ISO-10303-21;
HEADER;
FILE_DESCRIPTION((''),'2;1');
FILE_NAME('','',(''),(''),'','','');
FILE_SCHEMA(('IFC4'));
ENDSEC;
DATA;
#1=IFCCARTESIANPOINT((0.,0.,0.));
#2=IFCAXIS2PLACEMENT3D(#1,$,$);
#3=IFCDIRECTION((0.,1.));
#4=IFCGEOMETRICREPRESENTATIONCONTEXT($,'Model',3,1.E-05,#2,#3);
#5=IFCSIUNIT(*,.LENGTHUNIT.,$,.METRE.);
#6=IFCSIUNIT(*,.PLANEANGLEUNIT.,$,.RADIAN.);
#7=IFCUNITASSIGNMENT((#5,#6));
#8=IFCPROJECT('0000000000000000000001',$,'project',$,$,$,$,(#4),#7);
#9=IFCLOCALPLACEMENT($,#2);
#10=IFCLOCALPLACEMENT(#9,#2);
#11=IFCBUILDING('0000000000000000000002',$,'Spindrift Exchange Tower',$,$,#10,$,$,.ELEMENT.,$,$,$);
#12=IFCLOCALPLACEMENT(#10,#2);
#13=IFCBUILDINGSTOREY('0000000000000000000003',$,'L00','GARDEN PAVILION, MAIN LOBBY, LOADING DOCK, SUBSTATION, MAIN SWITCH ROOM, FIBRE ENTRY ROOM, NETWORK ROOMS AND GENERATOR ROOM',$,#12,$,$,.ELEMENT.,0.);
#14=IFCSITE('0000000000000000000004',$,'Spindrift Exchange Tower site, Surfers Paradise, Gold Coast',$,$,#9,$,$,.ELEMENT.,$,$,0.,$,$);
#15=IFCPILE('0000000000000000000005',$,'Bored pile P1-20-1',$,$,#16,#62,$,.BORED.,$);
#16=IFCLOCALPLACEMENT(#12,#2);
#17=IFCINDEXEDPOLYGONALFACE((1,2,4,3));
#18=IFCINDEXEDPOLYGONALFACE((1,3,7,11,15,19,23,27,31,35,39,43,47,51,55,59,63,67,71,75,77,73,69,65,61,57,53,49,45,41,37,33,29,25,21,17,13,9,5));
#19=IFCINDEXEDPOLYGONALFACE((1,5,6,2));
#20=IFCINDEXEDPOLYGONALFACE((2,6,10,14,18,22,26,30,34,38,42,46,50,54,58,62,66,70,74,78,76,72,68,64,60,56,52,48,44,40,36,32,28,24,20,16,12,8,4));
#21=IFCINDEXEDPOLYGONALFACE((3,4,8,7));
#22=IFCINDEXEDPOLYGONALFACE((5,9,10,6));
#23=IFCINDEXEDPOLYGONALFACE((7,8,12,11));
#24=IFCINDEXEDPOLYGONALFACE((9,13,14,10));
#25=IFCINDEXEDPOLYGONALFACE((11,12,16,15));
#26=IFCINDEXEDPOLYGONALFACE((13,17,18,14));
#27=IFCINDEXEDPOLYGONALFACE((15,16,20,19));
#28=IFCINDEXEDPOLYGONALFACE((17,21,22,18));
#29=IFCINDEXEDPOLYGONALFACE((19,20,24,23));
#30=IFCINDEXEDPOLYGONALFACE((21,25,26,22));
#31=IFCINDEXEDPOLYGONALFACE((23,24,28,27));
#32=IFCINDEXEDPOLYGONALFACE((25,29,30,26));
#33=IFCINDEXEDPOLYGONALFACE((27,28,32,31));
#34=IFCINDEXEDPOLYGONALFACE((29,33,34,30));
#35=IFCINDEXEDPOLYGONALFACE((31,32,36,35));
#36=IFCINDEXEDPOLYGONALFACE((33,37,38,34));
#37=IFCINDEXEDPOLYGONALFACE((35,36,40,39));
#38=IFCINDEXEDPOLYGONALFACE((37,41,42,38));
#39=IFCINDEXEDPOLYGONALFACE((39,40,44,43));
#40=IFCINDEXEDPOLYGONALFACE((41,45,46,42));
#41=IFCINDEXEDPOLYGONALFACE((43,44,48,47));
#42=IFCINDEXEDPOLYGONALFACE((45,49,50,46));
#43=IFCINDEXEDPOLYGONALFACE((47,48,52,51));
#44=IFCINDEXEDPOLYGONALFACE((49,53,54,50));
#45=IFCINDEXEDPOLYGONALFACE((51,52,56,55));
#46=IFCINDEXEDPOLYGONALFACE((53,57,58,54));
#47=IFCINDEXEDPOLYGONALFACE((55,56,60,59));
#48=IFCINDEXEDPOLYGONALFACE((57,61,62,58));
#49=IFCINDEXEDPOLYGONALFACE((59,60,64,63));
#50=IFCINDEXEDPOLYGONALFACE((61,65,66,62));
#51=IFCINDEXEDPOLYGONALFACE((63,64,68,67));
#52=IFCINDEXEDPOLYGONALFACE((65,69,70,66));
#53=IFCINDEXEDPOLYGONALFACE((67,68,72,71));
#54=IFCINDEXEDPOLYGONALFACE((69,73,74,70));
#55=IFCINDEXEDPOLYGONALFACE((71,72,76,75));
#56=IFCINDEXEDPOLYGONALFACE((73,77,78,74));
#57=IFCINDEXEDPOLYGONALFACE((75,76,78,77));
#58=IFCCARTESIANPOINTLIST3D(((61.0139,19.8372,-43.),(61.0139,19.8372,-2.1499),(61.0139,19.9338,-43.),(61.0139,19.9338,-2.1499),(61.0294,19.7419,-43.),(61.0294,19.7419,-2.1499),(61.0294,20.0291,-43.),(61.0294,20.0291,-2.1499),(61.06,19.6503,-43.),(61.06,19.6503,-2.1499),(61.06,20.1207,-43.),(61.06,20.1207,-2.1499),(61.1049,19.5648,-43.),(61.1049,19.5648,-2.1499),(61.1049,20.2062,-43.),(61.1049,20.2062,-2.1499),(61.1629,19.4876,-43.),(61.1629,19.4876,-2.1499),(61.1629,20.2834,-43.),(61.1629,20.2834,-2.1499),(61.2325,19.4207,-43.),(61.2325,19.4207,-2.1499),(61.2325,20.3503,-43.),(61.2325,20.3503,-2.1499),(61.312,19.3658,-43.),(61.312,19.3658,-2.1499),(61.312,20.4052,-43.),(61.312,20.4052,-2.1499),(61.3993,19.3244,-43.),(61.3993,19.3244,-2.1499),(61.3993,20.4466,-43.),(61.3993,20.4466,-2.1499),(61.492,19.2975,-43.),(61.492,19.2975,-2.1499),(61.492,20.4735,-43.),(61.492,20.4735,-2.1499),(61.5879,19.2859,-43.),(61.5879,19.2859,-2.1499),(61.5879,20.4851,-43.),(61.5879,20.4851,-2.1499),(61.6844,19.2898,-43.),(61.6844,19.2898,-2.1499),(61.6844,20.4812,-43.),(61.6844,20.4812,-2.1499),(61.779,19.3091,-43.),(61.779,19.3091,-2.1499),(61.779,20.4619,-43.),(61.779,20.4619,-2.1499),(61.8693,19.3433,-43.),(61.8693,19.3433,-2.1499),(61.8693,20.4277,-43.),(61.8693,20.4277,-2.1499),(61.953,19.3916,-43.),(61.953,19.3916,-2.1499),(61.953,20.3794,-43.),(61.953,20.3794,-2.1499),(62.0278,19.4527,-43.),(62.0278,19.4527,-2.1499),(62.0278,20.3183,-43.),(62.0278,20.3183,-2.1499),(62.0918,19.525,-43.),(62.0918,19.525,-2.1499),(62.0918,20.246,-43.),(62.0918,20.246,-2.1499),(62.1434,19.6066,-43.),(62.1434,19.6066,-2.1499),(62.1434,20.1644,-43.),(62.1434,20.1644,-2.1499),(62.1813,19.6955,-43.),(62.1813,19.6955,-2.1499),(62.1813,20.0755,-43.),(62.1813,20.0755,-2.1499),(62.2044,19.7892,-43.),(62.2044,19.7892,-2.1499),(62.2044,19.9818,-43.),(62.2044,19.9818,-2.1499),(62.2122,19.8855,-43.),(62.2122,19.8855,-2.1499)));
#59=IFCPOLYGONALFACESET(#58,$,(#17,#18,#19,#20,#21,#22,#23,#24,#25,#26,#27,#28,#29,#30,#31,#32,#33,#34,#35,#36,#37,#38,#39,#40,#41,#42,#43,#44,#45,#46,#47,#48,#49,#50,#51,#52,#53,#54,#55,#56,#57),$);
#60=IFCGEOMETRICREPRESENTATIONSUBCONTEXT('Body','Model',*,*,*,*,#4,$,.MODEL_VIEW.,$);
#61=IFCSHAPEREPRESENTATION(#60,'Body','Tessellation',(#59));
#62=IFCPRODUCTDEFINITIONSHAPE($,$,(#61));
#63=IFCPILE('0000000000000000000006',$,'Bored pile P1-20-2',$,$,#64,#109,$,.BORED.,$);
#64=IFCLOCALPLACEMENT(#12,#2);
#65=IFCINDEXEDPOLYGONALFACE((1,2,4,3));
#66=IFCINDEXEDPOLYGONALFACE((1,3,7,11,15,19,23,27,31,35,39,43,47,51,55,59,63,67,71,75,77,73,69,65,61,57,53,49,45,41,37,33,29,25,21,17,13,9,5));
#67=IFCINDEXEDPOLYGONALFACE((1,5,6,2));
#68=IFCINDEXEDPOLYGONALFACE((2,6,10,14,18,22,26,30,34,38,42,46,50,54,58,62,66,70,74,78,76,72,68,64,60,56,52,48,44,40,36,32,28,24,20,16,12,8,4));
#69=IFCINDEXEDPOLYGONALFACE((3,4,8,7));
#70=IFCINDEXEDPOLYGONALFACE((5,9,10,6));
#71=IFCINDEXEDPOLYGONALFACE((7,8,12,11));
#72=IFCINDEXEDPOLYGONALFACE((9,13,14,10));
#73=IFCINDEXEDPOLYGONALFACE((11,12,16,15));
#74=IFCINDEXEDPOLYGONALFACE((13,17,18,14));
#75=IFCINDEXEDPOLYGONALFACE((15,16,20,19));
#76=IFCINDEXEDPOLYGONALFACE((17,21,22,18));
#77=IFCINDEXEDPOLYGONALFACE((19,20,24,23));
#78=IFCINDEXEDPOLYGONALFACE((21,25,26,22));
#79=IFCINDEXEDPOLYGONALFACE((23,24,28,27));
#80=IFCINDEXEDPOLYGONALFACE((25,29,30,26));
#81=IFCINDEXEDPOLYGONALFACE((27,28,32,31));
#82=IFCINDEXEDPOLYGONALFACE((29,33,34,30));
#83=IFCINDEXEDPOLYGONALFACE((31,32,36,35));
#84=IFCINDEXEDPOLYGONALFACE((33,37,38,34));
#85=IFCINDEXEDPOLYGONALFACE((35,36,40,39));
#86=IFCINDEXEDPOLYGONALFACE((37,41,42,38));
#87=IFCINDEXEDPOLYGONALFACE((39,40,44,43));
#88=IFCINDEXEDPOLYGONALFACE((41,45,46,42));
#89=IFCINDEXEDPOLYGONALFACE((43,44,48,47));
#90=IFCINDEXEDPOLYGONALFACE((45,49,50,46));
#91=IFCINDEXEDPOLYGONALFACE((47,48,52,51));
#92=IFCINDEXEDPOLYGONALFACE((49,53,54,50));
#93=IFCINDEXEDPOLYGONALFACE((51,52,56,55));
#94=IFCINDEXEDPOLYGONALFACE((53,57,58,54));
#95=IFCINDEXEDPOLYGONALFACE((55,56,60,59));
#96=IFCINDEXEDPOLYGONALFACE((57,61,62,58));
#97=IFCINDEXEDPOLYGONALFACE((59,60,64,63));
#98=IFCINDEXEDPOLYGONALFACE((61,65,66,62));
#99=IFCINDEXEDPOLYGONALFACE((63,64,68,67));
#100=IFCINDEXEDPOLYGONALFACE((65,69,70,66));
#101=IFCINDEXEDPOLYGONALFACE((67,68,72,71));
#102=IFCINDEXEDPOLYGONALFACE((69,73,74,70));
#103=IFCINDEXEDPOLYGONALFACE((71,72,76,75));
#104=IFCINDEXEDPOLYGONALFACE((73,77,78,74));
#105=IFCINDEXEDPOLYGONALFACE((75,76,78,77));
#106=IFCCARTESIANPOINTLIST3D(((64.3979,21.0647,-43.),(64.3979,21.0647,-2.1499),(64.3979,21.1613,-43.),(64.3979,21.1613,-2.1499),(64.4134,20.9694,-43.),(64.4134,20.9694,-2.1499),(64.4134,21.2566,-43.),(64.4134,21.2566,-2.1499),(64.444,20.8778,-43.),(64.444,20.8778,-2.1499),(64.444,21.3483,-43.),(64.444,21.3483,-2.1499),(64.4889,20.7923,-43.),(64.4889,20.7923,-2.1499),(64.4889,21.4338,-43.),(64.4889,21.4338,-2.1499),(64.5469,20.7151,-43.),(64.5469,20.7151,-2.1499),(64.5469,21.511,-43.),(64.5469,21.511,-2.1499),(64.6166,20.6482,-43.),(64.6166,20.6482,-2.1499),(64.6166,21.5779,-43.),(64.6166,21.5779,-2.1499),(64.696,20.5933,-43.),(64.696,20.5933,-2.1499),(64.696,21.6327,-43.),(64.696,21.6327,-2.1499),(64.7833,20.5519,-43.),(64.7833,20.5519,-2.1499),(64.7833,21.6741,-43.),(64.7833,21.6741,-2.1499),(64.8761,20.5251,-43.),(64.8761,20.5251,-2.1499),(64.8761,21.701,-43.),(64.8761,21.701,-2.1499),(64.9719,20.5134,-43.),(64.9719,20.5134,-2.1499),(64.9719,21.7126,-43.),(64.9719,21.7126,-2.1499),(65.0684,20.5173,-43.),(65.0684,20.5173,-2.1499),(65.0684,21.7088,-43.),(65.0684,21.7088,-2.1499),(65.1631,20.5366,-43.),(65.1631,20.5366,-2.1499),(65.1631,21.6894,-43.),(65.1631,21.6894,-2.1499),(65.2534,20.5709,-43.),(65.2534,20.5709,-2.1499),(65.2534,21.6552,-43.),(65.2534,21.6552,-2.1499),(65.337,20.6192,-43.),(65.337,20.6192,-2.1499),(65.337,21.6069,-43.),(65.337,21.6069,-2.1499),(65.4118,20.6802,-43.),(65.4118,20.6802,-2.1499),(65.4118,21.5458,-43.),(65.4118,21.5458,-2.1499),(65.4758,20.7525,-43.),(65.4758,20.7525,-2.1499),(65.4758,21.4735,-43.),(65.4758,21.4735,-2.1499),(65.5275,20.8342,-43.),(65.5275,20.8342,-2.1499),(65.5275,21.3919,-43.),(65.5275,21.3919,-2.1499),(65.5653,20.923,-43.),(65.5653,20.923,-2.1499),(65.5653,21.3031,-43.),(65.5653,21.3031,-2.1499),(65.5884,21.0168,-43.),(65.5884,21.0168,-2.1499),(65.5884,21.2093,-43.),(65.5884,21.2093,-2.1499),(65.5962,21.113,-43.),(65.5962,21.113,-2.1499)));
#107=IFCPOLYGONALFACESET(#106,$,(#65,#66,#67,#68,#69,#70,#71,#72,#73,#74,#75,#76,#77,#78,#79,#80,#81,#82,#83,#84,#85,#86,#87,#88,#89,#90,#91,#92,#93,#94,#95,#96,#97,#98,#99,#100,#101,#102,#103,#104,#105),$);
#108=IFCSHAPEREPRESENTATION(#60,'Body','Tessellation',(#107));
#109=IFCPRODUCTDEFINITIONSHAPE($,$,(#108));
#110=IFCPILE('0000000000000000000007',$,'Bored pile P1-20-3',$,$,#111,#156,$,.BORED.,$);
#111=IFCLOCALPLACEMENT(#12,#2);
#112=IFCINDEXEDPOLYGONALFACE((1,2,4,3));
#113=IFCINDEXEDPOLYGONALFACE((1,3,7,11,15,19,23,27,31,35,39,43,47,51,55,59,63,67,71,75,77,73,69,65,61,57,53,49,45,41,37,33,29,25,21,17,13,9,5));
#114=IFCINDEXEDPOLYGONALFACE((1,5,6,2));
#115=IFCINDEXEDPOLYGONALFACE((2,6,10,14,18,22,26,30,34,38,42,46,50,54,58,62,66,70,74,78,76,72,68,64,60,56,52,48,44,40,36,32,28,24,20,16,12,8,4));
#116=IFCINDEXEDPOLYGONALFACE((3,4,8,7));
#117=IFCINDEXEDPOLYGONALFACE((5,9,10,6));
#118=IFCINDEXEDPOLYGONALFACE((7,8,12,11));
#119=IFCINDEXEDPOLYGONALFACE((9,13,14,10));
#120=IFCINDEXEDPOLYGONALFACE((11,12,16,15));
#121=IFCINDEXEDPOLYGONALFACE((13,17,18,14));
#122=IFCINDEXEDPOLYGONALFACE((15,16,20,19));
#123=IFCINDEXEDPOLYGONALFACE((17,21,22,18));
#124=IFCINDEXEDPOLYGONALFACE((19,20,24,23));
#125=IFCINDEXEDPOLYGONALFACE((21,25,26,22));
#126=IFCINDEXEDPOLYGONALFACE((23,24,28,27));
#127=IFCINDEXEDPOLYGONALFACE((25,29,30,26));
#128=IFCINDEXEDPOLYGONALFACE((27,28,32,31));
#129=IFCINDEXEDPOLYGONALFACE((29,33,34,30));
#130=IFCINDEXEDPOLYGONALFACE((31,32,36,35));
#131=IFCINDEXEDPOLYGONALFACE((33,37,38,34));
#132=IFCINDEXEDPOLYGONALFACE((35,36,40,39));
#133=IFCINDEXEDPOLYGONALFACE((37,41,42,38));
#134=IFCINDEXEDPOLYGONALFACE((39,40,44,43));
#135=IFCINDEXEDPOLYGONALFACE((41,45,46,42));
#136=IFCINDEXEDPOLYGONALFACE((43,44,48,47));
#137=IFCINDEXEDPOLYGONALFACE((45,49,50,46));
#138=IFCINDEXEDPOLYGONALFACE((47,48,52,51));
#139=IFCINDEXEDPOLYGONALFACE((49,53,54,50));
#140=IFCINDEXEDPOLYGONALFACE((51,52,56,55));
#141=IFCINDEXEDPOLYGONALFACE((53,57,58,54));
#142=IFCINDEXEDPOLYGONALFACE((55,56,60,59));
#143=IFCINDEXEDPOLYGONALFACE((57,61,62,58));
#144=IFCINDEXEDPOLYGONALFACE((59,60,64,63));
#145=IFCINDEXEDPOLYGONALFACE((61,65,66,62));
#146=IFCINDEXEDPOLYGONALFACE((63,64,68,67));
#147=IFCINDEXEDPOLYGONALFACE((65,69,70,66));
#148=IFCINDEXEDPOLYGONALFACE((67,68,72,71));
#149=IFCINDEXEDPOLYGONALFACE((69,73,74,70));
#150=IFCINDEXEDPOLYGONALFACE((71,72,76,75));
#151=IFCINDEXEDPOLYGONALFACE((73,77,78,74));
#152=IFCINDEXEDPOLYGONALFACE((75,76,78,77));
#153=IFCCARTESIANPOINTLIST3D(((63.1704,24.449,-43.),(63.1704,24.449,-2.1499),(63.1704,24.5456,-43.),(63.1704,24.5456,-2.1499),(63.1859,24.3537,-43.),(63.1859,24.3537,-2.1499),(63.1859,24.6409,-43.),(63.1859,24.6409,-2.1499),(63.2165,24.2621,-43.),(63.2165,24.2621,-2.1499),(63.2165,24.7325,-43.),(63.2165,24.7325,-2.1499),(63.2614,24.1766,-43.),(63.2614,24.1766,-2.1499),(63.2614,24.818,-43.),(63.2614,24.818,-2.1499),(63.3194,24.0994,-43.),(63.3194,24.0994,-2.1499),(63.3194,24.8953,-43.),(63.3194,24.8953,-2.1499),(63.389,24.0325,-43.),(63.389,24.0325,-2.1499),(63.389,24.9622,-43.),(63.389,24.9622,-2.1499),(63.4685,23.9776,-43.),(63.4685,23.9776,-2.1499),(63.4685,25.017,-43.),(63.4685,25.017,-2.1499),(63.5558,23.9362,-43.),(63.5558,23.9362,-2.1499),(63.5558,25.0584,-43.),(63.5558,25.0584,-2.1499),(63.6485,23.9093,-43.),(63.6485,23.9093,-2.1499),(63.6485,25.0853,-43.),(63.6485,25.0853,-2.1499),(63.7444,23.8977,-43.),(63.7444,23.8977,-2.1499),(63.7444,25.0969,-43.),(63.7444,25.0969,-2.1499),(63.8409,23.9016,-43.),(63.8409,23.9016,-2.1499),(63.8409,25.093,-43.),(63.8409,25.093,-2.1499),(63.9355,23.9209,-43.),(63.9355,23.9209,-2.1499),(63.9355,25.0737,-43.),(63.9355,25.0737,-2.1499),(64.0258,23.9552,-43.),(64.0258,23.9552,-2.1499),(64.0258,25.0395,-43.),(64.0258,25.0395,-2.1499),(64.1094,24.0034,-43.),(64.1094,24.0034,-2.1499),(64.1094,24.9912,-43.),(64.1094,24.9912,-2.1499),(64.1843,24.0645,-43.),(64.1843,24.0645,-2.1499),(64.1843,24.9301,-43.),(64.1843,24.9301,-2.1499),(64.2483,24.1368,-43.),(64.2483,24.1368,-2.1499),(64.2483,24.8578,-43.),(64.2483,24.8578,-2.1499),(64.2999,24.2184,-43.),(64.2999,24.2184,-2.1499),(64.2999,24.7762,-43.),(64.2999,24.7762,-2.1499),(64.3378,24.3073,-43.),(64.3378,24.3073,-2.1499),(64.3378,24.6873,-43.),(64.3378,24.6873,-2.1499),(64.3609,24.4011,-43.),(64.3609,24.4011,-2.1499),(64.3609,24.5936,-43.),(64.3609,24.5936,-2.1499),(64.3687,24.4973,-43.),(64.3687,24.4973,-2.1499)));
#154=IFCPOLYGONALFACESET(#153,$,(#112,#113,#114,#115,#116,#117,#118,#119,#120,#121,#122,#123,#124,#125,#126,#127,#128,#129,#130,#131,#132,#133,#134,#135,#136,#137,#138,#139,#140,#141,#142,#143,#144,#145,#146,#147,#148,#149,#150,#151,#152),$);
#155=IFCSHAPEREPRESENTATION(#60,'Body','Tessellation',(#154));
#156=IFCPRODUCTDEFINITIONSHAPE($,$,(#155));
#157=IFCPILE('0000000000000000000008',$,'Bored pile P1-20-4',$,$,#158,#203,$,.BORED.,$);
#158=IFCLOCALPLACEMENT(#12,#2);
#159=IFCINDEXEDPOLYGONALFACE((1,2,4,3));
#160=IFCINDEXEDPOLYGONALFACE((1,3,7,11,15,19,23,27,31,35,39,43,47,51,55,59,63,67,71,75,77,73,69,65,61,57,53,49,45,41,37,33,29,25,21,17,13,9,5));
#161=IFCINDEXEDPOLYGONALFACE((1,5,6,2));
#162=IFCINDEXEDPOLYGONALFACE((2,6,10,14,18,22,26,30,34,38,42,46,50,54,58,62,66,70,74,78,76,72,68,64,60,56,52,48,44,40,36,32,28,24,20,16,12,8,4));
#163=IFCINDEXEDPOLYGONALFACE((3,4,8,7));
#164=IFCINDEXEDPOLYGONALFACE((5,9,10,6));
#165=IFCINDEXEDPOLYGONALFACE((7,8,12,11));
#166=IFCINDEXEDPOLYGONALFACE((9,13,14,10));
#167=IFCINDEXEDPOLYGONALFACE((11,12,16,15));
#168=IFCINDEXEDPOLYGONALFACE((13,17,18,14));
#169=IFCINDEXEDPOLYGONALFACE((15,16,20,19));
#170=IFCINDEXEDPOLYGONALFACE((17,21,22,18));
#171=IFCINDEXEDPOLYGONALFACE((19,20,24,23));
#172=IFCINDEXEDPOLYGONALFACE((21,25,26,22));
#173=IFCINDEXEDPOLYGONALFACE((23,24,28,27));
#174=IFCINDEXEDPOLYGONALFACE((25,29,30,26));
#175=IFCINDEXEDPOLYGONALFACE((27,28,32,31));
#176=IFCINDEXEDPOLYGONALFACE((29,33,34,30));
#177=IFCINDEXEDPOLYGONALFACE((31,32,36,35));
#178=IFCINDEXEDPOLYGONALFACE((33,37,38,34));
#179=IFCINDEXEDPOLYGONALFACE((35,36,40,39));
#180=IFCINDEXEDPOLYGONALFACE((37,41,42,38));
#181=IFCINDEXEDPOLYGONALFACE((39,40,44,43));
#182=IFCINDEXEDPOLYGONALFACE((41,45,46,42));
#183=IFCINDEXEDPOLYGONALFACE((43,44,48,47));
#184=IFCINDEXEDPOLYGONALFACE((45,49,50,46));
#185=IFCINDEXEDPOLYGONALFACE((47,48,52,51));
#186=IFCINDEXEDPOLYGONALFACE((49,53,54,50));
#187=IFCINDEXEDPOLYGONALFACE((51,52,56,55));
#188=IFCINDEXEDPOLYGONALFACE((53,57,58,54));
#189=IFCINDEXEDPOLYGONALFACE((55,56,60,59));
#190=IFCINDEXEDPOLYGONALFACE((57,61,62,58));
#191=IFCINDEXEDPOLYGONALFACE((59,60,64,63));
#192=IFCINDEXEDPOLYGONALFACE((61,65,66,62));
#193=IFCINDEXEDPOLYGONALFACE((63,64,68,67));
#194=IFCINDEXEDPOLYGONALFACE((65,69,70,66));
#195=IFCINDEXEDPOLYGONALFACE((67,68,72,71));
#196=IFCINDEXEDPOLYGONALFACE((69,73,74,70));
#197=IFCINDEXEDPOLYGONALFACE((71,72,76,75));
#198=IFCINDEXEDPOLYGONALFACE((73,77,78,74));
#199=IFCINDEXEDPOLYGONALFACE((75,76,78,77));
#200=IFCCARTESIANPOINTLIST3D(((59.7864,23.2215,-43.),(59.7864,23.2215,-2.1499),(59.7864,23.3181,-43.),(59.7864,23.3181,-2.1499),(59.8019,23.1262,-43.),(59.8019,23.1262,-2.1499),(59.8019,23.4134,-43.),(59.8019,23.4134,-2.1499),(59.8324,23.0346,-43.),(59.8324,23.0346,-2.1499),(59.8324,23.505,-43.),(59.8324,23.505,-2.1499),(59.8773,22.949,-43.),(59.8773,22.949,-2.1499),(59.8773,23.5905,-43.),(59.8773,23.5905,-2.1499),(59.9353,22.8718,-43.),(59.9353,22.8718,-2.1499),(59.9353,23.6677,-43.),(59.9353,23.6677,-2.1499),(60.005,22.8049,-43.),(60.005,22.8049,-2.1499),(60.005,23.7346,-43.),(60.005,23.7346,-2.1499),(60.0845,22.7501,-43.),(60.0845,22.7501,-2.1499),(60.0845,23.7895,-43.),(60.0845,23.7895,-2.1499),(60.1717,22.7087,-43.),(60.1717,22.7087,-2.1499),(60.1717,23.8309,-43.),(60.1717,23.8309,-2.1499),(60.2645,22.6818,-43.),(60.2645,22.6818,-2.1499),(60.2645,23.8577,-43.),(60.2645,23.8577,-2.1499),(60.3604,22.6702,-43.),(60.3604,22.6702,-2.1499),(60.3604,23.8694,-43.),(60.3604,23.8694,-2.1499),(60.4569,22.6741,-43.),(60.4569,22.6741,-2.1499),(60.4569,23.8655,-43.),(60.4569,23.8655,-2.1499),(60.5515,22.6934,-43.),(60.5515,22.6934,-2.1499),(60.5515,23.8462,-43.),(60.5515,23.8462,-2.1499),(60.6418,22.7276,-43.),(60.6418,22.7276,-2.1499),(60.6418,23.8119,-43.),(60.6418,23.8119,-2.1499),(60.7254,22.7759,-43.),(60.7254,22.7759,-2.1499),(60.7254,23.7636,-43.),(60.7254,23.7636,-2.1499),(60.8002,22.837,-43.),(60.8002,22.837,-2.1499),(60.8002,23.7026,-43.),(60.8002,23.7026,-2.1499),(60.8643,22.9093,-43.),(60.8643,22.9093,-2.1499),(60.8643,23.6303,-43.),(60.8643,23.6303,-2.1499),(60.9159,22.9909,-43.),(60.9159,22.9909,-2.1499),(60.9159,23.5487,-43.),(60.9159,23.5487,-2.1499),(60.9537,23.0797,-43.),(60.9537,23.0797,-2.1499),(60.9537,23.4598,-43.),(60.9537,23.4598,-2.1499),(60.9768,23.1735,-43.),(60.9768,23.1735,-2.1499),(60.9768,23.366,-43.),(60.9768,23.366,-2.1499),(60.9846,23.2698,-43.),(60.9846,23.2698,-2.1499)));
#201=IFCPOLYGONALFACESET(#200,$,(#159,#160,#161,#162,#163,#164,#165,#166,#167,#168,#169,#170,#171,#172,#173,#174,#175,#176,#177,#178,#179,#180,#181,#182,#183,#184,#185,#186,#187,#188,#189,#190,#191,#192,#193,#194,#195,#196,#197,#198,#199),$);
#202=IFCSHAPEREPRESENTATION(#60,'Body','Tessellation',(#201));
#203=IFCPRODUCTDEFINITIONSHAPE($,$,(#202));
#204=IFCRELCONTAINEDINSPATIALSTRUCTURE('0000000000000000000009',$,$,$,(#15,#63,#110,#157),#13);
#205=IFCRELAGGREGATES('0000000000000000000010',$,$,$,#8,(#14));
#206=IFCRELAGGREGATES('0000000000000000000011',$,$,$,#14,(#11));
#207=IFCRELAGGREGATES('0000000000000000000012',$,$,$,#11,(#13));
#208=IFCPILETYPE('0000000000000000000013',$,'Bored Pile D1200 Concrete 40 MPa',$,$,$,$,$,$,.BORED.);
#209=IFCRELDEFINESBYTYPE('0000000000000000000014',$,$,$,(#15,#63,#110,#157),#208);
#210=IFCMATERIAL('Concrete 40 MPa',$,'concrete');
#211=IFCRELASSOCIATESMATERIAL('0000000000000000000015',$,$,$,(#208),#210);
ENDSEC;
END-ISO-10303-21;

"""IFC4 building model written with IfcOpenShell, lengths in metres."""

from ifc_helpers import new_model, si_unit, direction, frame, origin, origin_2d, place, context, subcontext, project, spatial, circle, extrude, source, transform, mapped, material, material_profile, profile_set, type_object, element, save


model = new_model("IFC4")

# Units and contexts
model_context = context("Model", 3, precision=1e-05, world=origin(), true_north=direction((0.0, 1.0)))
body_context = subcontext(model_context, "Body", "Model", "MODEL_VIEW")
ifc_project = project(units=[si_unit("LENGTHUNIT", "METRE"), si_unit("PLANEANGLEUNIT", "RADIAN")], contexts=[model_context])

# Site, building, storey
site_placement = place(None, origin())
site = spatial("IfcSite", under=ifc_project, at=site_placement, Name="Spindrift Exchange Tower site, Surfers Paradise, Gold Coast", CompositionType="ELEMENT", RefElevation=0.0)
building_placement = place(site_placement, origin())
building = spatial("IfcBuilding", under=site, at=building_placement, Name="Spindrift Exchange Tower", CompositionType="ELEMENT")
storey_placement = place(building_placement, origin())
storey = spatial("IfcBuildingStorey", under=building, at=storey_placement, Name="L00", Description="GARDEN PAVILION, MAIN LOBBY, LOADING DOCK, SUBSTATION, MAIN SWITCH ROOM, FIBRE ENTRY ROOM, NETWORK ROOMS AND GENERATOR ROOM", CompositionType="ELEMENT", Elevation=0.0)

# Piles
ifc_material_1 = material(Name="Concrete 40 MPa", Category="concrete")
ifc_material_profile_1 = material_profile(ifc_material_1, circle(Radius=0.6001, at=origin_2d()), Name="BP D1200")
ifc_profile_set_1 = profile_set([ifc_material_profile_1], Name="Concrete 40 MPa")
pile_type = type_object("IfcPileType", Name="Bored Pile D1200 Concrete 40 MPa", PredefinedType="BORED", material=ifc_profile_set_1)
shared_shape_1 = source(origin(), body_context, "Body", "SweptSolid", [
    extrude(circle(Radius=0.6001, at=origin_2d()), origin(), (0.0, 0.0, 1.0), 40.8501),
])
for number, where, z_axis, x_axis, name in (
    (1, (61.6121, 19.8855, -2.1499), (0.0, 0.0, -1.0), (1.0, 0.0, 0.0), "Bored pile P1-20-1"),
    (2, (64.9961, 21.113, -2.1499), (0.0, 0.0, -1.0), (1.0, 0.0, 0.0), "Bored pile P1-20-2"),
    (3, (63.7686, 24.4973, -2.1499), (0.0, 0.0, -1.0), (1.0, 0.0, 0.0), "Bored pile P1-20-3"),
    (4, (60.3845, 23.2698, -2.1499), (0.0, 0.0, -1.0), (1.0, 0.0, 0.0), "Bored pile P1-20-4"),
):
    element("IfcPile", number, at=place(storey_placement, frame(where, z_axis=z_axis, x_axis=x_axis)), inside=storey, type_object=pile_type, Name=name, PredefinedType="BORED", context=body_context, shape_type="MappedRepresentation", body=[
        mapped(shared_shape_1, transform((0.0, 0.0, 0.0), scale=1.0)),
    ])

save(model, "model.ifc")
